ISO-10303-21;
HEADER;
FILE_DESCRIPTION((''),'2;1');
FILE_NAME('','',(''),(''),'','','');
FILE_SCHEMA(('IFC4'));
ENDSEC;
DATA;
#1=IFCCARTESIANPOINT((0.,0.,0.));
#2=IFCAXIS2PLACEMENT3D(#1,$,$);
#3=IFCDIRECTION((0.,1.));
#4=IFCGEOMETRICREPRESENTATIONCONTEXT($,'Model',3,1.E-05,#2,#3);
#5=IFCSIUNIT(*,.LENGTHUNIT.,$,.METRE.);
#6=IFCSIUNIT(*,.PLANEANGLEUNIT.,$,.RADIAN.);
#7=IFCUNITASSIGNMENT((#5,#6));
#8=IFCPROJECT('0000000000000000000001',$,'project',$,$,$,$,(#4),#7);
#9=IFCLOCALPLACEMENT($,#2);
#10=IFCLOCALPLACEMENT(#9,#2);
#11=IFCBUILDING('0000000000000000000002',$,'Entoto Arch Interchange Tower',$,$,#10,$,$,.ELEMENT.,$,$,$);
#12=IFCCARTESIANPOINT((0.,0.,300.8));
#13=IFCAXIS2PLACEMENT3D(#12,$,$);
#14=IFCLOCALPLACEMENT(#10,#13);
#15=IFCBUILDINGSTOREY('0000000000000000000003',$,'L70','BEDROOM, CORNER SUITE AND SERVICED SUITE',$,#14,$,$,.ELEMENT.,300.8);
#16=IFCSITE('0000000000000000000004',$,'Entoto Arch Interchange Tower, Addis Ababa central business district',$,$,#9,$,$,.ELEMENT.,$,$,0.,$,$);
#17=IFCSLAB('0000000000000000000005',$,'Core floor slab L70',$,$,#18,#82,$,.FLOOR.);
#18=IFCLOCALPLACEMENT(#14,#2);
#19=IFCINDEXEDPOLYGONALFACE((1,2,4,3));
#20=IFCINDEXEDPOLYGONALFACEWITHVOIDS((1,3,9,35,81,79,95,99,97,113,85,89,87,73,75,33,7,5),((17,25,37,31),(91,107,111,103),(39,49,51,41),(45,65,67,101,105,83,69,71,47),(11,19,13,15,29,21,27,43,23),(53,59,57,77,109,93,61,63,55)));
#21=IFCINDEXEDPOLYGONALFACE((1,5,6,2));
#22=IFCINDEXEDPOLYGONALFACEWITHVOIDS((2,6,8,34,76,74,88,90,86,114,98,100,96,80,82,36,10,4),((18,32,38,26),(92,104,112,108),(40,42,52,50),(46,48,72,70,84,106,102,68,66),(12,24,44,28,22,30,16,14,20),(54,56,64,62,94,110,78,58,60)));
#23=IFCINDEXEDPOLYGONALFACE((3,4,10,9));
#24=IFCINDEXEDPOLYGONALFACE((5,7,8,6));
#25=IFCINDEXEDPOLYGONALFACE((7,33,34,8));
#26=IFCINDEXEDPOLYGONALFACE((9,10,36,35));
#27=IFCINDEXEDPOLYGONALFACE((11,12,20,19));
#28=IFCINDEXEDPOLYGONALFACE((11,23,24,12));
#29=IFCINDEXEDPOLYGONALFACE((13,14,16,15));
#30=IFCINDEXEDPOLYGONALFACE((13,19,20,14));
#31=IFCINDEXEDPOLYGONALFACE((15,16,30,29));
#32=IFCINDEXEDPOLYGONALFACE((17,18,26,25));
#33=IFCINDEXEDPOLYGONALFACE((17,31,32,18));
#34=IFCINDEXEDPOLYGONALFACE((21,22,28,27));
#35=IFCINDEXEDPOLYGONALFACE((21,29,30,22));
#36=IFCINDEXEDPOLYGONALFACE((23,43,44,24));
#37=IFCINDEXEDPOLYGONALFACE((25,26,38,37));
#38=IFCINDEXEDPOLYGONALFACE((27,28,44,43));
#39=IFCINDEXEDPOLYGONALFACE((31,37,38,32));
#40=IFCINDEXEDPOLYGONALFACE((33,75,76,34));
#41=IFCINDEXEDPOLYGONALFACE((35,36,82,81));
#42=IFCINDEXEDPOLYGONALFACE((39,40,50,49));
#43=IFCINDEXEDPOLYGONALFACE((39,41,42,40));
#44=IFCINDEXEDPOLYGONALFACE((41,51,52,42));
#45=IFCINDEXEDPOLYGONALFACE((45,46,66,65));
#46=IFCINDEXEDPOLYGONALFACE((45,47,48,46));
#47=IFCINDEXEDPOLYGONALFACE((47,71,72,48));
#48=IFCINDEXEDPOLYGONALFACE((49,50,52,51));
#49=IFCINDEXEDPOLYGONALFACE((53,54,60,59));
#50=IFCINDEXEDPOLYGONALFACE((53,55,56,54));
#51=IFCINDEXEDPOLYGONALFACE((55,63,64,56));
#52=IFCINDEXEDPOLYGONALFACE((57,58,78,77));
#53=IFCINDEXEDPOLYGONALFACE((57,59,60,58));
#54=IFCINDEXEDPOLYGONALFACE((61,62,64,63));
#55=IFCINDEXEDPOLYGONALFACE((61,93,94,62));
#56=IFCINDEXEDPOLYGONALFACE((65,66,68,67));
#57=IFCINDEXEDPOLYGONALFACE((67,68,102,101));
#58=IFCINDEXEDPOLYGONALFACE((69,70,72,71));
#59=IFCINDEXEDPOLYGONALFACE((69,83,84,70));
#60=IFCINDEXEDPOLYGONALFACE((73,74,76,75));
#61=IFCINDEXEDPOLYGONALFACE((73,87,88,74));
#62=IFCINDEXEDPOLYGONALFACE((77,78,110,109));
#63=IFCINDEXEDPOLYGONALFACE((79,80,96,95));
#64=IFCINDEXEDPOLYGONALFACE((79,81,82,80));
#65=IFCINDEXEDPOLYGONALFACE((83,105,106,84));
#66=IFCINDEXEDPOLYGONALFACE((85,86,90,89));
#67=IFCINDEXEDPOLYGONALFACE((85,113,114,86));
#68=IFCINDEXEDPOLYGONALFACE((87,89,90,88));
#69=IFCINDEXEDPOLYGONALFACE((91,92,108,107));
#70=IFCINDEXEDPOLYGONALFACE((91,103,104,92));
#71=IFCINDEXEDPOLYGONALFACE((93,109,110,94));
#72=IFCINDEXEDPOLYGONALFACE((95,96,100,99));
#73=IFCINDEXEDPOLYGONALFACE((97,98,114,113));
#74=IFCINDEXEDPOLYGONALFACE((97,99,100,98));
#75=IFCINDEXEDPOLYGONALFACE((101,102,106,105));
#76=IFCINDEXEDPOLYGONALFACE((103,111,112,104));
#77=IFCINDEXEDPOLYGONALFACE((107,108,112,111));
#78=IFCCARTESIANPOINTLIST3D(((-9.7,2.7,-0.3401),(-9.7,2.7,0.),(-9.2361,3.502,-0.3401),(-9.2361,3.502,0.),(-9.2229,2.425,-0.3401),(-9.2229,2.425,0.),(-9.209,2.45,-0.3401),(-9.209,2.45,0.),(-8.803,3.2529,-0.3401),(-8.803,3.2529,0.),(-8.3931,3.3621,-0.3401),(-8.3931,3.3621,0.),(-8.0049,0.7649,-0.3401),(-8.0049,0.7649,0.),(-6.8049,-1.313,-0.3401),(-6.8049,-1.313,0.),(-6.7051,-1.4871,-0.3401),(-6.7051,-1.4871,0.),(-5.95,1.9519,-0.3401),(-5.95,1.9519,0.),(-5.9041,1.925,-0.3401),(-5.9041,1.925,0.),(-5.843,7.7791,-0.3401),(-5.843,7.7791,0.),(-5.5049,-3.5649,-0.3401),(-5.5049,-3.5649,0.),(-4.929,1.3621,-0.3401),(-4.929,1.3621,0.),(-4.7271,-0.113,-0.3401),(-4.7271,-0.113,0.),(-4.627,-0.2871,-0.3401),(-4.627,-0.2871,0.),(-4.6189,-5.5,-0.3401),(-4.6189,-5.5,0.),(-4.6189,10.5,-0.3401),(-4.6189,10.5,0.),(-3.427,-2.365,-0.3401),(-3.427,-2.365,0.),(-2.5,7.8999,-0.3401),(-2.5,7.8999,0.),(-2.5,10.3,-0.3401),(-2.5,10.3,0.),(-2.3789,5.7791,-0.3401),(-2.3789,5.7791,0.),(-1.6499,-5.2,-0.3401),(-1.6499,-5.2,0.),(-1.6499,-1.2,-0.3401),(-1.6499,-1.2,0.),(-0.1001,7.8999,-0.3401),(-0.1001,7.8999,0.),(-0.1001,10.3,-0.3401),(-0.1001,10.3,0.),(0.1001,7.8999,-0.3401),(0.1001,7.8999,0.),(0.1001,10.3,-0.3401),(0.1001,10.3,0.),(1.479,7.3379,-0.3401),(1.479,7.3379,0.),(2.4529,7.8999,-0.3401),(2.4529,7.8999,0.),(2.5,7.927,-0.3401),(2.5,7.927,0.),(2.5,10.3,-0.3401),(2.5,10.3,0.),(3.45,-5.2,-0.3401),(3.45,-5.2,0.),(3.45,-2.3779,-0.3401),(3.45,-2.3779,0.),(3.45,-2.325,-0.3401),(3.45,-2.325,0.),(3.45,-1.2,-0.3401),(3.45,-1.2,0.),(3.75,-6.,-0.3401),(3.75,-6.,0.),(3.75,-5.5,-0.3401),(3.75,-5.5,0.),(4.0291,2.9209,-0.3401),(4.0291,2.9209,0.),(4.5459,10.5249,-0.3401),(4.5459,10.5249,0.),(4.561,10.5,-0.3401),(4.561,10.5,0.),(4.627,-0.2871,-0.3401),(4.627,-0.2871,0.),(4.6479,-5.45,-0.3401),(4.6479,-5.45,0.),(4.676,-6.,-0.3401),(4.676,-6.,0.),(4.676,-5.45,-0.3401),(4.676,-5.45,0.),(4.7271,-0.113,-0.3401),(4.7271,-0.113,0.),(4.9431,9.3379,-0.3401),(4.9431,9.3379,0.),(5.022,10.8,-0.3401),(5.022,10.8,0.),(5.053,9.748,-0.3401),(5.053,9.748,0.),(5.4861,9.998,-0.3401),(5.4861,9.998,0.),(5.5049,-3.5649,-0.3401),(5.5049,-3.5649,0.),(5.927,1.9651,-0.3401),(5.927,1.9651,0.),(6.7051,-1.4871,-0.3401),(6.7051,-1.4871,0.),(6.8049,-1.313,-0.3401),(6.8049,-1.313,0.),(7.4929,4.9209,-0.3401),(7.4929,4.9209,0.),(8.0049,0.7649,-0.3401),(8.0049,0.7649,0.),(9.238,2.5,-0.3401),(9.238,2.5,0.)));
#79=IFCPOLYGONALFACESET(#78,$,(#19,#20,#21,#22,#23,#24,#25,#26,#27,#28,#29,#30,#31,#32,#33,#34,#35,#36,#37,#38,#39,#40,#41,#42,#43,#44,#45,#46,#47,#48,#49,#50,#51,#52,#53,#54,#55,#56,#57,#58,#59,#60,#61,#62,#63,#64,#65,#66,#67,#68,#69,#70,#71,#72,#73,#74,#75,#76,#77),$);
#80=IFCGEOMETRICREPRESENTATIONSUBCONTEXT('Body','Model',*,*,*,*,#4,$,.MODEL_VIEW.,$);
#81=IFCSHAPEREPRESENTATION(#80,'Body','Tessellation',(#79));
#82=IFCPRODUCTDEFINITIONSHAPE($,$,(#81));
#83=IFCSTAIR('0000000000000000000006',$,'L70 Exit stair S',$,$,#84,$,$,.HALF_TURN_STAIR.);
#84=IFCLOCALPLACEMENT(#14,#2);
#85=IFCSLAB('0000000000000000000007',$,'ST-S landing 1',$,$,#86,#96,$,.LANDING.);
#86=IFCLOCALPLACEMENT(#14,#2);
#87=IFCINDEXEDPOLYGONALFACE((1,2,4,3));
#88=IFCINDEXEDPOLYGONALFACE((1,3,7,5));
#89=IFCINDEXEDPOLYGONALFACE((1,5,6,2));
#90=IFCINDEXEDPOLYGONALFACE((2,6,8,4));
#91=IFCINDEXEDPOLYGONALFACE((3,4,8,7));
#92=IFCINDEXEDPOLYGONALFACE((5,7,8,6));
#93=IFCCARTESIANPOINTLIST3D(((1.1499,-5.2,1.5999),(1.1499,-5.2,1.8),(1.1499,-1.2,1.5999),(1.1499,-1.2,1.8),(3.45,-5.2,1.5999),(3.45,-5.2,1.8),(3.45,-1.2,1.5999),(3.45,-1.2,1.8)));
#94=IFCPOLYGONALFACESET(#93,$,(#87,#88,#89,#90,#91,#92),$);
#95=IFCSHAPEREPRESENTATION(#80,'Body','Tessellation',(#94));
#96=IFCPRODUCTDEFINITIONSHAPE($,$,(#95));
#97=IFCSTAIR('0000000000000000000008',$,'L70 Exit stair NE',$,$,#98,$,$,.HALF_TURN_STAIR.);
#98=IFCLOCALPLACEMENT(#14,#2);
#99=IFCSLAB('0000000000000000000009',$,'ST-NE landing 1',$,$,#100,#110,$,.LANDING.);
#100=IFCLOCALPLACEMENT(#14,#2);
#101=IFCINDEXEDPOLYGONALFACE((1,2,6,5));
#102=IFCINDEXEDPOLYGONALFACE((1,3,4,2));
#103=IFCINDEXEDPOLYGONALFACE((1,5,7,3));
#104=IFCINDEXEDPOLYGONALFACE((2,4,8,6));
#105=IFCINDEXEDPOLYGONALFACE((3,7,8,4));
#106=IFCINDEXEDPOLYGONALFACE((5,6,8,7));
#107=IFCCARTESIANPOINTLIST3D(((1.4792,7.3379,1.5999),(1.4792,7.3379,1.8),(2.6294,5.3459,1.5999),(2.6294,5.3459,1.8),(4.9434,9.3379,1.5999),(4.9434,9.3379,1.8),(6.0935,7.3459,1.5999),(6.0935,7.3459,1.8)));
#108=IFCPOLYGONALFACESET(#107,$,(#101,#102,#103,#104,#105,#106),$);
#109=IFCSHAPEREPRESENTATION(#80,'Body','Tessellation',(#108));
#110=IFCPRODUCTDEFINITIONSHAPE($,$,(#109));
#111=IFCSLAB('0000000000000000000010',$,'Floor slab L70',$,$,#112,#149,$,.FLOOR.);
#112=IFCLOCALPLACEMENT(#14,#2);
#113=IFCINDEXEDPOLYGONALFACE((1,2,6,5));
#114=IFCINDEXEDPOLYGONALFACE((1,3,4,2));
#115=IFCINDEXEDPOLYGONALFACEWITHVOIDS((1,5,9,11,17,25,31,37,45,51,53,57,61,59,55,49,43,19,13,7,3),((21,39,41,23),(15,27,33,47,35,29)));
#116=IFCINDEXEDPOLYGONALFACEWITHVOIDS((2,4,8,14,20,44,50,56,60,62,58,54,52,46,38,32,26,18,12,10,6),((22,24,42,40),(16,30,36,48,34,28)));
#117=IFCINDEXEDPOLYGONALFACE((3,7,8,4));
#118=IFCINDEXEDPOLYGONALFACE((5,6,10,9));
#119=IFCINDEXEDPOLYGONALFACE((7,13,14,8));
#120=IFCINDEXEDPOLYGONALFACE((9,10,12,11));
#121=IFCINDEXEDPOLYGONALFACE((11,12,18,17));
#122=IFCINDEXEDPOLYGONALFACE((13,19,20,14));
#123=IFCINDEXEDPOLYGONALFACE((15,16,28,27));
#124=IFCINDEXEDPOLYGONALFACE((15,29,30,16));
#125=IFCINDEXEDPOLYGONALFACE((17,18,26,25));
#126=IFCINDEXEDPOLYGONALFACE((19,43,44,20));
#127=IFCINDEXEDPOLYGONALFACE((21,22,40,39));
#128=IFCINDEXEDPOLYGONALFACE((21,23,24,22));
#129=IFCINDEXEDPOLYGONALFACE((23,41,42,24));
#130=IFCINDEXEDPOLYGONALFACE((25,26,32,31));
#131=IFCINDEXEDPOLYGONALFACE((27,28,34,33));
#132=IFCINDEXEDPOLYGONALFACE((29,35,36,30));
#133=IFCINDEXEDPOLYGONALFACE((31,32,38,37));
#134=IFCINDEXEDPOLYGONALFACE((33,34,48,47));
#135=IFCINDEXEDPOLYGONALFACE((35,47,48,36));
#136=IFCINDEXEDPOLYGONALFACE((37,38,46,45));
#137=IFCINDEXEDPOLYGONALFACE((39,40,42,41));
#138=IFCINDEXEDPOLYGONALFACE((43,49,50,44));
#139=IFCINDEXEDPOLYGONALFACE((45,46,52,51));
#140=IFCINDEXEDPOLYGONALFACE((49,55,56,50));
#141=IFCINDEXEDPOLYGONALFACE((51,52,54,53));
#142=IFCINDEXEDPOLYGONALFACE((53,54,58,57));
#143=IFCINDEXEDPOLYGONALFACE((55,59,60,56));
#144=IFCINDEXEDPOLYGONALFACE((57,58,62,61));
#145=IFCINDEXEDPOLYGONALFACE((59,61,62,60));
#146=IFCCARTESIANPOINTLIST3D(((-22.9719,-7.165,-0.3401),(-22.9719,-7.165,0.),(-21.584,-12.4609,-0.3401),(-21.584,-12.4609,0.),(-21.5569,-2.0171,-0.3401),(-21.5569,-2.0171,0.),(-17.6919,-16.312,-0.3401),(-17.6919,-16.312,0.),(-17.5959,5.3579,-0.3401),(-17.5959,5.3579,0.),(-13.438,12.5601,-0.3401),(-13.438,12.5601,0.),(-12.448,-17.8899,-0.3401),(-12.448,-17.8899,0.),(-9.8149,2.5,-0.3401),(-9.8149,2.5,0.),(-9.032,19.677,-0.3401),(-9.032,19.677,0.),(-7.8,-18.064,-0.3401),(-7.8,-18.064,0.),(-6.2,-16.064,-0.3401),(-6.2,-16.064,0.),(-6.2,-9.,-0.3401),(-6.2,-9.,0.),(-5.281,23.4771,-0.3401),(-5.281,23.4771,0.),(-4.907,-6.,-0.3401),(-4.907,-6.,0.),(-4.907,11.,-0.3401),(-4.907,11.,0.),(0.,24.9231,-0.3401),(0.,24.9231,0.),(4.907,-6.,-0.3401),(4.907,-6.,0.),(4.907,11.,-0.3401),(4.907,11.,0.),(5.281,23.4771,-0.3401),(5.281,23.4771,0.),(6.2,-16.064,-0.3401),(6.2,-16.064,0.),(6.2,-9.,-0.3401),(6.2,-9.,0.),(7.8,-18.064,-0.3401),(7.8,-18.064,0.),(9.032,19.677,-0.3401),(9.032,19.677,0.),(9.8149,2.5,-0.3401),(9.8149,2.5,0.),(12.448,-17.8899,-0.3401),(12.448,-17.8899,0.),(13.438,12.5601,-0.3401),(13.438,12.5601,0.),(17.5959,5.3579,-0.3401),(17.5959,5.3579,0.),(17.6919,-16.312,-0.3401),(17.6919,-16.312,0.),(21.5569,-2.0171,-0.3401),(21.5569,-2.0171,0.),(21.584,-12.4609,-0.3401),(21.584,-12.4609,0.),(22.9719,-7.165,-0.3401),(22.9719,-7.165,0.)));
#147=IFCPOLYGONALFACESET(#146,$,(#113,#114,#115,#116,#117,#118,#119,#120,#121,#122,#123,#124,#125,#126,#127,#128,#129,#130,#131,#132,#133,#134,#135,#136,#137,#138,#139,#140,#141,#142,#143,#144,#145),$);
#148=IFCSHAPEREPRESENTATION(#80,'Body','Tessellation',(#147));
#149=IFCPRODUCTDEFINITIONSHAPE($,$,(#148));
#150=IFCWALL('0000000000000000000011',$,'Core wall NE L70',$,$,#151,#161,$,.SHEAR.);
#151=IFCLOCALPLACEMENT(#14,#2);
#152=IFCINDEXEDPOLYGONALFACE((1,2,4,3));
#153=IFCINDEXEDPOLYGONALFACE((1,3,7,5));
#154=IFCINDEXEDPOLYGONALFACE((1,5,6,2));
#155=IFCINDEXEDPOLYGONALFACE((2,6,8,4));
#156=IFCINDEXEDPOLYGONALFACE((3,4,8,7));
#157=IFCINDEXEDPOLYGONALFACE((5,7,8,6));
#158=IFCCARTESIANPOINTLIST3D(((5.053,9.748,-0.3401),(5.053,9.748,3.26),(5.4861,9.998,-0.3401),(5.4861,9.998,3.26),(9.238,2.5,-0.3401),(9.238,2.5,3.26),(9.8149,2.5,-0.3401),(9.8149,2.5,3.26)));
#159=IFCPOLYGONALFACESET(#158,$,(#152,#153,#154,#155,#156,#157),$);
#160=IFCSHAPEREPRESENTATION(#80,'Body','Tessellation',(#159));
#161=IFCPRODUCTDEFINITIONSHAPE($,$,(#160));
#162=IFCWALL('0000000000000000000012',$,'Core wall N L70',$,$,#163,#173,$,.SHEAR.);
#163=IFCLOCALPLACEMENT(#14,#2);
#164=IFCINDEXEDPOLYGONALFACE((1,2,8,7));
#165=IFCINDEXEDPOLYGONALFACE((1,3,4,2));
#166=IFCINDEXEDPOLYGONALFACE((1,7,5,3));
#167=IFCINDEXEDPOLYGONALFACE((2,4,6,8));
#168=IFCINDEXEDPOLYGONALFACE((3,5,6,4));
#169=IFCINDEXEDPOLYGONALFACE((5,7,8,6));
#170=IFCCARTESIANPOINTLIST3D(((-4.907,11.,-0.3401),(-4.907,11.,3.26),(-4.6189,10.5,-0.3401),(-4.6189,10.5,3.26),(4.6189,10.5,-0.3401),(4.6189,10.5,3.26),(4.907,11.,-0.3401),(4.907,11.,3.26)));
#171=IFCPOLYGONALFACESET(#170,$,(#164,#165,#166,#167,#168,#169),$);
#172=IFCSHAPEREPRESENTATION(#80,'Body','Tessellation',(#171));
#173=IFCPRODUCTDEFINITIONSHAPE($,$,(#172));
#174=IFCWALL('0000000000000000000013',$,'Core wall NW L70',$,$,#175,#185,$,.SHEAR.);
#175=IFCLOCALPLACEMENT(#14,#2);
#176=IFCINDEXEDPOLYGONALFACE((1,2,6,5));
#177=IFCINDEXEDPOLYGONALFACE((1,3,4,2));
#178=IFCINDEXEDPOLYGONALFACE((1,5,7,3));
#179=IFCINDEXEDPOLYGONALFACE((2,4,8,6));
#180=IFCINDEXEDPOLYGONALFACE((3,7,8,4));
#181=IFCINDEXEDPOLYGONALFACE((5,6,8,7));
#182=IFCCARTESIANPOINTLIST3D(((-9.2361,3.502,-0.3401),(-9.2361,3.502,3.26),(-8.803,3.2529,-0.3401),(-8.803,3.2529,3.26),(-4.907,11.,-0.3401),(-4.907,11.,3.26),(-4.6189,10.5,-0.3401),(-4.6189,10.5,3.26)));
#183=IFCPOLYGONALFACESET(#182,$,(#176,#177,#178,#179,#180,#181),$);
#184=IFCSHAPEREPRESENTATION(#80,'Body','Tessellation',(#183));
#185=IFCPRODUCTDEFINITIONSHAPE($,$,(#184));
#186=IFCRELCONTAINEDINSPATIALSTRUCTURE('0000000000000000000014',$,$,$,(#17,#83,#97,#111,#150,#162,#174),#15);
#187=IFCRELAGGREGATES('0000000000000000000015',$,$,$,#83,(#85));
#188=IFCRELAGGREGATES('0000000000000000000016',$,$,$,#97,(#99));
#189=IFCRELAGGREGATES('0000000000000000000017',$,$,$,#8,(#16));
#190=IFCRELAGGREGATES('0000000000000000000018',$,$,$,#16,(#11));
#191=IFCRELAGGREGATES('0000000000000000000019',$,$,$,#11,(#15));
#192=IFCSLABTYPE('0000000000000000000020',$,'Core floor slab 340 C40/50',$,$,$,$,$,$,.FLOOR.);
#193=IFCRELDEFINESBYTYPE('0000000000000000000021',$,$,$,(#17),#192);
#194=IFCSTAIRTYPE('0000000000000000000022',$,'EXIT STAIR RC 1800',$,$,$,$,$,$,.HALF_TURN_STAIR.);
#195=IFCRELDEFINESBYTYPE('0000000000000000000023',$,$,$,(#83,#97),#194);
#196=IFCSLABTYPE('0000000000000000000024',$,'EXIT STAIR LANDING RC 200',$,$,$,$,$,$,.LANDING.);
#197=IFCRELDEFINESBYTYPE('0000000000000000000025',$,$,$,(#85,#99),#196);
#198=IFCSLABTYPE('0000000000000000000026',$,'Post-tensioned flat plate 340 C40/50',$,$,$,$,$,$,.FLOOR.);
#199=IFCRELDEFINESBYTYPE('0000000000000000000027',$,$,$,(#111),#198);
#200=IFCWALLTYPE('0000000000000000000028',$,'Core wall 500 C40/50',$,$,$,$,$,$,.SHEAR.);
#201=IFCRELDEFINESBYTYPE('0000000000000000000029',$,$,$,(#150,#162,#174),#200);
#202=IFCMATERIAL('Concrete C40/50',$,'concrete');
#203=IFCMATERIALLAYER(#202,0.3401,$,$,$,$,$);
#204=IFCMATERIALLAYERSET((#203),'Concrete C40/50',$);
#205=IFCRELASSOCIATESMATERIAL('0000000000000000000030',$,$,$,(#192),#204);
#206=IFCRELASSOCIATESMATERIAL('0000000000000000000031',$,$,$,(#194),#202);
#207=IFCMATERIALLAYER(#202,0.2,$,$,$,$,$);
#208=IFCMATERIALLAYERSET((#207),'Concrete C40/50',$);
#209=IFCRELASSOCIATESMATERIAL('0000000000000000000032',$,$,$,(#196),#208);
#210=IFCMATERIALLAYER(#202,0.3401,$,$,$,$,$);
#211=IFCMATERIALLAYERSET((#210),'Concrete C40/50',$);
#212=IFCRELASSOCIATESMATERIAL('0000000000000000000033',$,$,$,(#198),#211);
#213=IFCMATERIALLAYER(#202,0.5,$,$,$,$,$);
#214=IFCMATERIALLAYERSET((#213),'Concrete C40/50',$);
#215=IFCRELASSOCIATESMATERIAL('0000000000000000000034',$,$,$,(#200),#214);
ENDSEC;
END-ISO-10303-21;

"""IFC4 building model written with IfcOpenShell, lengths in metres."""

from ifc_helpers import new_model, si_unit, direction, frame, origin, place, context, subcontext, project, spatial, polyline, outline, extrude, material, layer, layer_set, type_object, element, aggregate, save


model = new_model("IFC4")

# Units and contexts
model_context = context("Model", 3, precision=1e-05, world=origin(), true_north=direction((0.0, 1.0)))
body_context = subcontext(model_context, "Body", "Model", "MODEL_VIEW")
ifc_project = project(units=[si_unit("LENGTHUNIT", "METRE"), si_unit("PLANEANGLEUNIT", "RADIAN")], contexts=[model_context])

# Site, building, storey
site_placement = place(None, origin())
site = spatial("IfcSite", under=ifc_project, at=site_placement, Name="Entoto Arch Interchange Tower, Addis Ababa central business district", CompositionType="ELEMENT", RefElevation=0.0)
building_placement = place(site_placement, origin())
building = spatial("IfcBuilding", under=site, at=building_placement, Name="Entoto Arch Interchange Tower", CompositionType="ELEMENT")
storey_placement = place(building_placement, frame((0.0, 0.0, 300.8)))
storey = spatial("IfcBuildingStorey", under=building, at=storey_placement, Name="L70", Description="BEDROOM, CORNER SUITE AND SERVICED SUITE", CompositionType="ELEMENT", Elevation=300.8)

# Slab
ifc_material_1 = material(Name="Concrete C40/50", Category="concrete")
ifc_layer_1 = layer(ifc_material_1, 0.3401)
ifc_layer_set_1 = layer_set([ifc_layer_1], Name="Concrete C40/50")
slab_type_1 = type_object("IfcSlabType", Name="Core floor slab 340 C40/50", PredefinedType="FLOOR", material=ifc_layer_set_1)
slab_1_placement = place(storey_placement, frame((0.0, 0.0, -0.3401)))
element("IfcSlab", 1, at=slab_1_placement, inside=storey, type_object=slab_type_1, Name="Core floor slab L70", PredefinedType="FLOOR", context=body_context, shape_type="SweptSolid", body=[
    extrude(outline(polyline([(-9.209, 2.45), (-9.2229, 2.425), (-9.7, 2.7), (-9.2361, 3.502), (-8.803, 3.2529), (-4.6189, 10.5), (4.561, 10.5), (4.5459, 10.5249), (5.022, 10.8), (5.4861, 9.998), (5.053, 9.748), (9.238, 2.5), (4.6479, -5.45), (4.676, -5.45), (4.676, -6.0), (3.75, -6.0), (3.75, -5.5), (-4.6189, -5.5), (-9.209, 2.45)]), holes=[polyline([(-1.6499, -5.2), (3.45, -5.2), (3.45, -2.3779), (5.5049, -3.5649), (6.7051, -1.4871), (4.627, -0.2871), (3.45, -2.325), (3.45, -1.2), (-1.6499, -1.2), (-1.6499, -5.2)]), polyline([(-4.627, -0.2871), (-6.7051, -1.4871), (-5.5049, -3.5649), (-3.427, -2.365), (-4.627, -0.2871)]), polyline([(-5.9041, 1.925), (-4.929, 1.3621), (-2.3789, 5.7791), (-5.843, 7.7791), (-8.3931, 3.3621), (-5.95, 1.9519), (-8.0049, 0.7649), (-6.8049, -1.313), (-4.7271, -0.113), (-5.9041, 1.925)]), polyline([(4.7271, -0.113), (6.8049, -1.313), (8.0049, 0.7649), (5.927, 1.9651), (4.7271, -0.113)]), polyline([(2.5, 7.927), (2.5, 10.3), (0.1001, 10.3), (0.1001, 7.8999), (2.4529, 7.8999), (1.479, 7.3379), (4.0291, 2.9209), (7.4929, 4.9209), (4.9431, 9.3379), (2.5, 7.927)]), polyline([(-2.5, 7.8999), (-0.1001, 7.8999), (-0.1001, 10.3), (-2.5, 10.3), (-2.5, 7.8999)])]), origin(), (0.0, 0.0, 1.0), 0.3401),
])

# Stairs, slabs
stair_type = type_object("IfcStairType", Name="EXIT STAIR RC 1800", PredefinedType="HALF_TURN_STAIR", material=ifc_material_1)
stair_1_placement = place(storey_placement, origin())
stair_1 = element("IfcStair", 2, at=stair_1_placement, inside=storey, type_object=stair_type, Name="L70 Exit stair S", PredefinedType="HALF_TURN_STAIR")
ifc_layer_2 = layer(ifc_material_1, 0.2)
ifc_layer_set_2 = layer_set([ifc_layer_2], Name="Concrete C40/50")
slab_type_2 = type_object("IfcSlabType", Name="EXIT STAIR LANDING RC 200", PredefinedType="LANDING", material=ifc_layer_set_2)
slab_2_placement = place(storey_placement, frame((0.0, 0.0, 1.5999)))
slab_2 = element("IfcSlab", 3, at=slab_2_placement, type_object=slab_type_2, Name="ST-S landing 1", PredefinedType="LANDING", context=body_context, shape_type="SweptSolid", body=[
    extrude(outline(polyline([(1.1499, -5.2), (3.45, -5.2), (3.45, -1.2), (1.1499, -1.2), (1.1499, -5.2)])), origin(), (0.0, 0.0, 1.0), 0.2002),
])
aggregate(stair_1, [slab_2])
stair_2_placement = place(storey_placement, origin())
stair_2 = element("IfcStair", 4, at=stair_2_placement, inside=storey, type_object=stair_type, Name="L70 Exit stair NE", PredefinedType="HALF_TURN_STAIR")
slab_3_placement = place(storey_placement, frame((0.0, 0.0, 1.5999)))
slab_3 = element("IfcSlab", 5, at=slab_3_placement, type_object=slab_type_2, Name="ST-NE landing 1", PredefinedType="LANDING", context=body_context, shape_type="SweptSolid", body=[
    extrude(outline(polyline([(6.0935, 7.3459), (4.9434, 9.3379), (1.4792, 7.3379), (2.6294, 5.3459), (6.0935, 7.3459)])), origin(), (0.0, 0.0, 1.0), 0.2002),
])
aggregate(stair_2, [slab_3])

# Slab
ifc_layer_3 = layer(ifc_material_1, 0.3401)
ifc_layer_set_3 = layer_set([ifc_layer_3], Name="Concrete C40/50")
slab_type_3 = type_object("IfcSlabType", Name="Post-tensioned flat plate 340 C40/50", PredefinedType="FLOOR", material=ifc_layer_set_3)
slab_4_placement = place(storey_placement, frame((0.0, 0.0, -0.3401)))
element("IfcSlab", 6, at=slab_4_placement, inside=storey, type_object=slab_type_3, Name="Floor slab L70", PredefinedType="FLOOR", context=body_context, shape_type="SweptSolid", body=[
    extrude(outline(polyline([(-12.448, -17.8899), (-7.8, -18.064), (7.8, -18.064), (12.448, -17.8899), (17.6919, -16.312), (21.584, -12.4609), (22.9719, -7.165), (21.5569, -2.0171), (17.5959, 5.3579), (13.438, 12.5601), (9.032, 19.677), (5.281, 23.4771), (0.0, 24.9231), (-5.281, 23.4771), (-9.032, 19.677), (-13.438, 12.5601), (-17.5959, 5.3579), (-21.5569, -2.0171), (-22.9719, -7.165), (-21.584, -12.4609), (-17.6919, -16.312), (-12.448, -17.8899)]), holes=[polyline([(6.2, -16.064), (6.2, -9.0), (-6.2, -9.0), (-6.2, -16.064), (6.2, -16.064)]), polyline([(9.8149, 2.5), (4.907, 11.0), (-4.907, 11.0), (-9.8149, 2.5), (-4.907, -6.0), (4.907, -6.0), (9.8149, 2.5)])]), origin(), (0.0, 0.0, 1.0), 0.3401),
])

# Walls
ifc_layer_4 = layer(ifc_material_1, 0.5)
ifc_layer_set_4 = layer_set([ifc_layer_4], Name="Concrete C40/50")
wall_type_1 = type_object("IfcWallType", Name="Core wall 500 C40/50", PredefinedType="SHEAR", material=ifc_layer_set_4)
wall_1_placement = place(storey_placement, frame((0.0, 0.0, -0.3401)))
element("IfcWall", 7, at=wall_1_placement, inside=storey, type_object=wall_type_1, Name="Core wall NE L70", PredefinedType="SHEAR", context=body_context, shape_type="SweptSolid", body=[
    extrude(outline(polyline([(5.4861, 9.998), (5.053, 9.748), (9.238, 2.5), (9.8149, 2.5), (5.4861, 9.998)])), origin(), (0.0, 0.0, 1.0), 3.6001),
])
wall_2_placement = place(storey_placement, frame((0.0, 0.0, -0.3401)))
element("IfcWall", 8, at=wall_2_placement, inside=storey, type_object=wall_type_1, Name="Core wall N L70", PredefinedType="SHEAR", context=body_context, shape_type="SweptSolid", body=[
    extrude(outline(polyline([(4.907, 11.0), (-4.907, 11.0), (-4.6189, 10.5), (4.6189, 10.5), (4.907, 11.0)])), origin(), (0.0, 0.0, 1.0), 3.6001),
])
wall_3_placement = place(storey_placement, frame((0.0, 0.0, -0.3401)))
element("IfcWall", 9, at=wall_3_placement, inside=storey, type_object=wall_type_1, Name="Core wall NW L70", PredefinedType="SHEAR", context=body_context, shape_type="SweptSolid", body=[
    extrude(outline(polyline([(-9.2361, 3.502), (-8.803, 3.2529), (-4.6189, 10.5), (-4.907, 11.0), (-9.2361, 3.502)])), origin(), (0.0, 0.0, 1.0), 3.6001),
])

save(model, "model.ifc")
